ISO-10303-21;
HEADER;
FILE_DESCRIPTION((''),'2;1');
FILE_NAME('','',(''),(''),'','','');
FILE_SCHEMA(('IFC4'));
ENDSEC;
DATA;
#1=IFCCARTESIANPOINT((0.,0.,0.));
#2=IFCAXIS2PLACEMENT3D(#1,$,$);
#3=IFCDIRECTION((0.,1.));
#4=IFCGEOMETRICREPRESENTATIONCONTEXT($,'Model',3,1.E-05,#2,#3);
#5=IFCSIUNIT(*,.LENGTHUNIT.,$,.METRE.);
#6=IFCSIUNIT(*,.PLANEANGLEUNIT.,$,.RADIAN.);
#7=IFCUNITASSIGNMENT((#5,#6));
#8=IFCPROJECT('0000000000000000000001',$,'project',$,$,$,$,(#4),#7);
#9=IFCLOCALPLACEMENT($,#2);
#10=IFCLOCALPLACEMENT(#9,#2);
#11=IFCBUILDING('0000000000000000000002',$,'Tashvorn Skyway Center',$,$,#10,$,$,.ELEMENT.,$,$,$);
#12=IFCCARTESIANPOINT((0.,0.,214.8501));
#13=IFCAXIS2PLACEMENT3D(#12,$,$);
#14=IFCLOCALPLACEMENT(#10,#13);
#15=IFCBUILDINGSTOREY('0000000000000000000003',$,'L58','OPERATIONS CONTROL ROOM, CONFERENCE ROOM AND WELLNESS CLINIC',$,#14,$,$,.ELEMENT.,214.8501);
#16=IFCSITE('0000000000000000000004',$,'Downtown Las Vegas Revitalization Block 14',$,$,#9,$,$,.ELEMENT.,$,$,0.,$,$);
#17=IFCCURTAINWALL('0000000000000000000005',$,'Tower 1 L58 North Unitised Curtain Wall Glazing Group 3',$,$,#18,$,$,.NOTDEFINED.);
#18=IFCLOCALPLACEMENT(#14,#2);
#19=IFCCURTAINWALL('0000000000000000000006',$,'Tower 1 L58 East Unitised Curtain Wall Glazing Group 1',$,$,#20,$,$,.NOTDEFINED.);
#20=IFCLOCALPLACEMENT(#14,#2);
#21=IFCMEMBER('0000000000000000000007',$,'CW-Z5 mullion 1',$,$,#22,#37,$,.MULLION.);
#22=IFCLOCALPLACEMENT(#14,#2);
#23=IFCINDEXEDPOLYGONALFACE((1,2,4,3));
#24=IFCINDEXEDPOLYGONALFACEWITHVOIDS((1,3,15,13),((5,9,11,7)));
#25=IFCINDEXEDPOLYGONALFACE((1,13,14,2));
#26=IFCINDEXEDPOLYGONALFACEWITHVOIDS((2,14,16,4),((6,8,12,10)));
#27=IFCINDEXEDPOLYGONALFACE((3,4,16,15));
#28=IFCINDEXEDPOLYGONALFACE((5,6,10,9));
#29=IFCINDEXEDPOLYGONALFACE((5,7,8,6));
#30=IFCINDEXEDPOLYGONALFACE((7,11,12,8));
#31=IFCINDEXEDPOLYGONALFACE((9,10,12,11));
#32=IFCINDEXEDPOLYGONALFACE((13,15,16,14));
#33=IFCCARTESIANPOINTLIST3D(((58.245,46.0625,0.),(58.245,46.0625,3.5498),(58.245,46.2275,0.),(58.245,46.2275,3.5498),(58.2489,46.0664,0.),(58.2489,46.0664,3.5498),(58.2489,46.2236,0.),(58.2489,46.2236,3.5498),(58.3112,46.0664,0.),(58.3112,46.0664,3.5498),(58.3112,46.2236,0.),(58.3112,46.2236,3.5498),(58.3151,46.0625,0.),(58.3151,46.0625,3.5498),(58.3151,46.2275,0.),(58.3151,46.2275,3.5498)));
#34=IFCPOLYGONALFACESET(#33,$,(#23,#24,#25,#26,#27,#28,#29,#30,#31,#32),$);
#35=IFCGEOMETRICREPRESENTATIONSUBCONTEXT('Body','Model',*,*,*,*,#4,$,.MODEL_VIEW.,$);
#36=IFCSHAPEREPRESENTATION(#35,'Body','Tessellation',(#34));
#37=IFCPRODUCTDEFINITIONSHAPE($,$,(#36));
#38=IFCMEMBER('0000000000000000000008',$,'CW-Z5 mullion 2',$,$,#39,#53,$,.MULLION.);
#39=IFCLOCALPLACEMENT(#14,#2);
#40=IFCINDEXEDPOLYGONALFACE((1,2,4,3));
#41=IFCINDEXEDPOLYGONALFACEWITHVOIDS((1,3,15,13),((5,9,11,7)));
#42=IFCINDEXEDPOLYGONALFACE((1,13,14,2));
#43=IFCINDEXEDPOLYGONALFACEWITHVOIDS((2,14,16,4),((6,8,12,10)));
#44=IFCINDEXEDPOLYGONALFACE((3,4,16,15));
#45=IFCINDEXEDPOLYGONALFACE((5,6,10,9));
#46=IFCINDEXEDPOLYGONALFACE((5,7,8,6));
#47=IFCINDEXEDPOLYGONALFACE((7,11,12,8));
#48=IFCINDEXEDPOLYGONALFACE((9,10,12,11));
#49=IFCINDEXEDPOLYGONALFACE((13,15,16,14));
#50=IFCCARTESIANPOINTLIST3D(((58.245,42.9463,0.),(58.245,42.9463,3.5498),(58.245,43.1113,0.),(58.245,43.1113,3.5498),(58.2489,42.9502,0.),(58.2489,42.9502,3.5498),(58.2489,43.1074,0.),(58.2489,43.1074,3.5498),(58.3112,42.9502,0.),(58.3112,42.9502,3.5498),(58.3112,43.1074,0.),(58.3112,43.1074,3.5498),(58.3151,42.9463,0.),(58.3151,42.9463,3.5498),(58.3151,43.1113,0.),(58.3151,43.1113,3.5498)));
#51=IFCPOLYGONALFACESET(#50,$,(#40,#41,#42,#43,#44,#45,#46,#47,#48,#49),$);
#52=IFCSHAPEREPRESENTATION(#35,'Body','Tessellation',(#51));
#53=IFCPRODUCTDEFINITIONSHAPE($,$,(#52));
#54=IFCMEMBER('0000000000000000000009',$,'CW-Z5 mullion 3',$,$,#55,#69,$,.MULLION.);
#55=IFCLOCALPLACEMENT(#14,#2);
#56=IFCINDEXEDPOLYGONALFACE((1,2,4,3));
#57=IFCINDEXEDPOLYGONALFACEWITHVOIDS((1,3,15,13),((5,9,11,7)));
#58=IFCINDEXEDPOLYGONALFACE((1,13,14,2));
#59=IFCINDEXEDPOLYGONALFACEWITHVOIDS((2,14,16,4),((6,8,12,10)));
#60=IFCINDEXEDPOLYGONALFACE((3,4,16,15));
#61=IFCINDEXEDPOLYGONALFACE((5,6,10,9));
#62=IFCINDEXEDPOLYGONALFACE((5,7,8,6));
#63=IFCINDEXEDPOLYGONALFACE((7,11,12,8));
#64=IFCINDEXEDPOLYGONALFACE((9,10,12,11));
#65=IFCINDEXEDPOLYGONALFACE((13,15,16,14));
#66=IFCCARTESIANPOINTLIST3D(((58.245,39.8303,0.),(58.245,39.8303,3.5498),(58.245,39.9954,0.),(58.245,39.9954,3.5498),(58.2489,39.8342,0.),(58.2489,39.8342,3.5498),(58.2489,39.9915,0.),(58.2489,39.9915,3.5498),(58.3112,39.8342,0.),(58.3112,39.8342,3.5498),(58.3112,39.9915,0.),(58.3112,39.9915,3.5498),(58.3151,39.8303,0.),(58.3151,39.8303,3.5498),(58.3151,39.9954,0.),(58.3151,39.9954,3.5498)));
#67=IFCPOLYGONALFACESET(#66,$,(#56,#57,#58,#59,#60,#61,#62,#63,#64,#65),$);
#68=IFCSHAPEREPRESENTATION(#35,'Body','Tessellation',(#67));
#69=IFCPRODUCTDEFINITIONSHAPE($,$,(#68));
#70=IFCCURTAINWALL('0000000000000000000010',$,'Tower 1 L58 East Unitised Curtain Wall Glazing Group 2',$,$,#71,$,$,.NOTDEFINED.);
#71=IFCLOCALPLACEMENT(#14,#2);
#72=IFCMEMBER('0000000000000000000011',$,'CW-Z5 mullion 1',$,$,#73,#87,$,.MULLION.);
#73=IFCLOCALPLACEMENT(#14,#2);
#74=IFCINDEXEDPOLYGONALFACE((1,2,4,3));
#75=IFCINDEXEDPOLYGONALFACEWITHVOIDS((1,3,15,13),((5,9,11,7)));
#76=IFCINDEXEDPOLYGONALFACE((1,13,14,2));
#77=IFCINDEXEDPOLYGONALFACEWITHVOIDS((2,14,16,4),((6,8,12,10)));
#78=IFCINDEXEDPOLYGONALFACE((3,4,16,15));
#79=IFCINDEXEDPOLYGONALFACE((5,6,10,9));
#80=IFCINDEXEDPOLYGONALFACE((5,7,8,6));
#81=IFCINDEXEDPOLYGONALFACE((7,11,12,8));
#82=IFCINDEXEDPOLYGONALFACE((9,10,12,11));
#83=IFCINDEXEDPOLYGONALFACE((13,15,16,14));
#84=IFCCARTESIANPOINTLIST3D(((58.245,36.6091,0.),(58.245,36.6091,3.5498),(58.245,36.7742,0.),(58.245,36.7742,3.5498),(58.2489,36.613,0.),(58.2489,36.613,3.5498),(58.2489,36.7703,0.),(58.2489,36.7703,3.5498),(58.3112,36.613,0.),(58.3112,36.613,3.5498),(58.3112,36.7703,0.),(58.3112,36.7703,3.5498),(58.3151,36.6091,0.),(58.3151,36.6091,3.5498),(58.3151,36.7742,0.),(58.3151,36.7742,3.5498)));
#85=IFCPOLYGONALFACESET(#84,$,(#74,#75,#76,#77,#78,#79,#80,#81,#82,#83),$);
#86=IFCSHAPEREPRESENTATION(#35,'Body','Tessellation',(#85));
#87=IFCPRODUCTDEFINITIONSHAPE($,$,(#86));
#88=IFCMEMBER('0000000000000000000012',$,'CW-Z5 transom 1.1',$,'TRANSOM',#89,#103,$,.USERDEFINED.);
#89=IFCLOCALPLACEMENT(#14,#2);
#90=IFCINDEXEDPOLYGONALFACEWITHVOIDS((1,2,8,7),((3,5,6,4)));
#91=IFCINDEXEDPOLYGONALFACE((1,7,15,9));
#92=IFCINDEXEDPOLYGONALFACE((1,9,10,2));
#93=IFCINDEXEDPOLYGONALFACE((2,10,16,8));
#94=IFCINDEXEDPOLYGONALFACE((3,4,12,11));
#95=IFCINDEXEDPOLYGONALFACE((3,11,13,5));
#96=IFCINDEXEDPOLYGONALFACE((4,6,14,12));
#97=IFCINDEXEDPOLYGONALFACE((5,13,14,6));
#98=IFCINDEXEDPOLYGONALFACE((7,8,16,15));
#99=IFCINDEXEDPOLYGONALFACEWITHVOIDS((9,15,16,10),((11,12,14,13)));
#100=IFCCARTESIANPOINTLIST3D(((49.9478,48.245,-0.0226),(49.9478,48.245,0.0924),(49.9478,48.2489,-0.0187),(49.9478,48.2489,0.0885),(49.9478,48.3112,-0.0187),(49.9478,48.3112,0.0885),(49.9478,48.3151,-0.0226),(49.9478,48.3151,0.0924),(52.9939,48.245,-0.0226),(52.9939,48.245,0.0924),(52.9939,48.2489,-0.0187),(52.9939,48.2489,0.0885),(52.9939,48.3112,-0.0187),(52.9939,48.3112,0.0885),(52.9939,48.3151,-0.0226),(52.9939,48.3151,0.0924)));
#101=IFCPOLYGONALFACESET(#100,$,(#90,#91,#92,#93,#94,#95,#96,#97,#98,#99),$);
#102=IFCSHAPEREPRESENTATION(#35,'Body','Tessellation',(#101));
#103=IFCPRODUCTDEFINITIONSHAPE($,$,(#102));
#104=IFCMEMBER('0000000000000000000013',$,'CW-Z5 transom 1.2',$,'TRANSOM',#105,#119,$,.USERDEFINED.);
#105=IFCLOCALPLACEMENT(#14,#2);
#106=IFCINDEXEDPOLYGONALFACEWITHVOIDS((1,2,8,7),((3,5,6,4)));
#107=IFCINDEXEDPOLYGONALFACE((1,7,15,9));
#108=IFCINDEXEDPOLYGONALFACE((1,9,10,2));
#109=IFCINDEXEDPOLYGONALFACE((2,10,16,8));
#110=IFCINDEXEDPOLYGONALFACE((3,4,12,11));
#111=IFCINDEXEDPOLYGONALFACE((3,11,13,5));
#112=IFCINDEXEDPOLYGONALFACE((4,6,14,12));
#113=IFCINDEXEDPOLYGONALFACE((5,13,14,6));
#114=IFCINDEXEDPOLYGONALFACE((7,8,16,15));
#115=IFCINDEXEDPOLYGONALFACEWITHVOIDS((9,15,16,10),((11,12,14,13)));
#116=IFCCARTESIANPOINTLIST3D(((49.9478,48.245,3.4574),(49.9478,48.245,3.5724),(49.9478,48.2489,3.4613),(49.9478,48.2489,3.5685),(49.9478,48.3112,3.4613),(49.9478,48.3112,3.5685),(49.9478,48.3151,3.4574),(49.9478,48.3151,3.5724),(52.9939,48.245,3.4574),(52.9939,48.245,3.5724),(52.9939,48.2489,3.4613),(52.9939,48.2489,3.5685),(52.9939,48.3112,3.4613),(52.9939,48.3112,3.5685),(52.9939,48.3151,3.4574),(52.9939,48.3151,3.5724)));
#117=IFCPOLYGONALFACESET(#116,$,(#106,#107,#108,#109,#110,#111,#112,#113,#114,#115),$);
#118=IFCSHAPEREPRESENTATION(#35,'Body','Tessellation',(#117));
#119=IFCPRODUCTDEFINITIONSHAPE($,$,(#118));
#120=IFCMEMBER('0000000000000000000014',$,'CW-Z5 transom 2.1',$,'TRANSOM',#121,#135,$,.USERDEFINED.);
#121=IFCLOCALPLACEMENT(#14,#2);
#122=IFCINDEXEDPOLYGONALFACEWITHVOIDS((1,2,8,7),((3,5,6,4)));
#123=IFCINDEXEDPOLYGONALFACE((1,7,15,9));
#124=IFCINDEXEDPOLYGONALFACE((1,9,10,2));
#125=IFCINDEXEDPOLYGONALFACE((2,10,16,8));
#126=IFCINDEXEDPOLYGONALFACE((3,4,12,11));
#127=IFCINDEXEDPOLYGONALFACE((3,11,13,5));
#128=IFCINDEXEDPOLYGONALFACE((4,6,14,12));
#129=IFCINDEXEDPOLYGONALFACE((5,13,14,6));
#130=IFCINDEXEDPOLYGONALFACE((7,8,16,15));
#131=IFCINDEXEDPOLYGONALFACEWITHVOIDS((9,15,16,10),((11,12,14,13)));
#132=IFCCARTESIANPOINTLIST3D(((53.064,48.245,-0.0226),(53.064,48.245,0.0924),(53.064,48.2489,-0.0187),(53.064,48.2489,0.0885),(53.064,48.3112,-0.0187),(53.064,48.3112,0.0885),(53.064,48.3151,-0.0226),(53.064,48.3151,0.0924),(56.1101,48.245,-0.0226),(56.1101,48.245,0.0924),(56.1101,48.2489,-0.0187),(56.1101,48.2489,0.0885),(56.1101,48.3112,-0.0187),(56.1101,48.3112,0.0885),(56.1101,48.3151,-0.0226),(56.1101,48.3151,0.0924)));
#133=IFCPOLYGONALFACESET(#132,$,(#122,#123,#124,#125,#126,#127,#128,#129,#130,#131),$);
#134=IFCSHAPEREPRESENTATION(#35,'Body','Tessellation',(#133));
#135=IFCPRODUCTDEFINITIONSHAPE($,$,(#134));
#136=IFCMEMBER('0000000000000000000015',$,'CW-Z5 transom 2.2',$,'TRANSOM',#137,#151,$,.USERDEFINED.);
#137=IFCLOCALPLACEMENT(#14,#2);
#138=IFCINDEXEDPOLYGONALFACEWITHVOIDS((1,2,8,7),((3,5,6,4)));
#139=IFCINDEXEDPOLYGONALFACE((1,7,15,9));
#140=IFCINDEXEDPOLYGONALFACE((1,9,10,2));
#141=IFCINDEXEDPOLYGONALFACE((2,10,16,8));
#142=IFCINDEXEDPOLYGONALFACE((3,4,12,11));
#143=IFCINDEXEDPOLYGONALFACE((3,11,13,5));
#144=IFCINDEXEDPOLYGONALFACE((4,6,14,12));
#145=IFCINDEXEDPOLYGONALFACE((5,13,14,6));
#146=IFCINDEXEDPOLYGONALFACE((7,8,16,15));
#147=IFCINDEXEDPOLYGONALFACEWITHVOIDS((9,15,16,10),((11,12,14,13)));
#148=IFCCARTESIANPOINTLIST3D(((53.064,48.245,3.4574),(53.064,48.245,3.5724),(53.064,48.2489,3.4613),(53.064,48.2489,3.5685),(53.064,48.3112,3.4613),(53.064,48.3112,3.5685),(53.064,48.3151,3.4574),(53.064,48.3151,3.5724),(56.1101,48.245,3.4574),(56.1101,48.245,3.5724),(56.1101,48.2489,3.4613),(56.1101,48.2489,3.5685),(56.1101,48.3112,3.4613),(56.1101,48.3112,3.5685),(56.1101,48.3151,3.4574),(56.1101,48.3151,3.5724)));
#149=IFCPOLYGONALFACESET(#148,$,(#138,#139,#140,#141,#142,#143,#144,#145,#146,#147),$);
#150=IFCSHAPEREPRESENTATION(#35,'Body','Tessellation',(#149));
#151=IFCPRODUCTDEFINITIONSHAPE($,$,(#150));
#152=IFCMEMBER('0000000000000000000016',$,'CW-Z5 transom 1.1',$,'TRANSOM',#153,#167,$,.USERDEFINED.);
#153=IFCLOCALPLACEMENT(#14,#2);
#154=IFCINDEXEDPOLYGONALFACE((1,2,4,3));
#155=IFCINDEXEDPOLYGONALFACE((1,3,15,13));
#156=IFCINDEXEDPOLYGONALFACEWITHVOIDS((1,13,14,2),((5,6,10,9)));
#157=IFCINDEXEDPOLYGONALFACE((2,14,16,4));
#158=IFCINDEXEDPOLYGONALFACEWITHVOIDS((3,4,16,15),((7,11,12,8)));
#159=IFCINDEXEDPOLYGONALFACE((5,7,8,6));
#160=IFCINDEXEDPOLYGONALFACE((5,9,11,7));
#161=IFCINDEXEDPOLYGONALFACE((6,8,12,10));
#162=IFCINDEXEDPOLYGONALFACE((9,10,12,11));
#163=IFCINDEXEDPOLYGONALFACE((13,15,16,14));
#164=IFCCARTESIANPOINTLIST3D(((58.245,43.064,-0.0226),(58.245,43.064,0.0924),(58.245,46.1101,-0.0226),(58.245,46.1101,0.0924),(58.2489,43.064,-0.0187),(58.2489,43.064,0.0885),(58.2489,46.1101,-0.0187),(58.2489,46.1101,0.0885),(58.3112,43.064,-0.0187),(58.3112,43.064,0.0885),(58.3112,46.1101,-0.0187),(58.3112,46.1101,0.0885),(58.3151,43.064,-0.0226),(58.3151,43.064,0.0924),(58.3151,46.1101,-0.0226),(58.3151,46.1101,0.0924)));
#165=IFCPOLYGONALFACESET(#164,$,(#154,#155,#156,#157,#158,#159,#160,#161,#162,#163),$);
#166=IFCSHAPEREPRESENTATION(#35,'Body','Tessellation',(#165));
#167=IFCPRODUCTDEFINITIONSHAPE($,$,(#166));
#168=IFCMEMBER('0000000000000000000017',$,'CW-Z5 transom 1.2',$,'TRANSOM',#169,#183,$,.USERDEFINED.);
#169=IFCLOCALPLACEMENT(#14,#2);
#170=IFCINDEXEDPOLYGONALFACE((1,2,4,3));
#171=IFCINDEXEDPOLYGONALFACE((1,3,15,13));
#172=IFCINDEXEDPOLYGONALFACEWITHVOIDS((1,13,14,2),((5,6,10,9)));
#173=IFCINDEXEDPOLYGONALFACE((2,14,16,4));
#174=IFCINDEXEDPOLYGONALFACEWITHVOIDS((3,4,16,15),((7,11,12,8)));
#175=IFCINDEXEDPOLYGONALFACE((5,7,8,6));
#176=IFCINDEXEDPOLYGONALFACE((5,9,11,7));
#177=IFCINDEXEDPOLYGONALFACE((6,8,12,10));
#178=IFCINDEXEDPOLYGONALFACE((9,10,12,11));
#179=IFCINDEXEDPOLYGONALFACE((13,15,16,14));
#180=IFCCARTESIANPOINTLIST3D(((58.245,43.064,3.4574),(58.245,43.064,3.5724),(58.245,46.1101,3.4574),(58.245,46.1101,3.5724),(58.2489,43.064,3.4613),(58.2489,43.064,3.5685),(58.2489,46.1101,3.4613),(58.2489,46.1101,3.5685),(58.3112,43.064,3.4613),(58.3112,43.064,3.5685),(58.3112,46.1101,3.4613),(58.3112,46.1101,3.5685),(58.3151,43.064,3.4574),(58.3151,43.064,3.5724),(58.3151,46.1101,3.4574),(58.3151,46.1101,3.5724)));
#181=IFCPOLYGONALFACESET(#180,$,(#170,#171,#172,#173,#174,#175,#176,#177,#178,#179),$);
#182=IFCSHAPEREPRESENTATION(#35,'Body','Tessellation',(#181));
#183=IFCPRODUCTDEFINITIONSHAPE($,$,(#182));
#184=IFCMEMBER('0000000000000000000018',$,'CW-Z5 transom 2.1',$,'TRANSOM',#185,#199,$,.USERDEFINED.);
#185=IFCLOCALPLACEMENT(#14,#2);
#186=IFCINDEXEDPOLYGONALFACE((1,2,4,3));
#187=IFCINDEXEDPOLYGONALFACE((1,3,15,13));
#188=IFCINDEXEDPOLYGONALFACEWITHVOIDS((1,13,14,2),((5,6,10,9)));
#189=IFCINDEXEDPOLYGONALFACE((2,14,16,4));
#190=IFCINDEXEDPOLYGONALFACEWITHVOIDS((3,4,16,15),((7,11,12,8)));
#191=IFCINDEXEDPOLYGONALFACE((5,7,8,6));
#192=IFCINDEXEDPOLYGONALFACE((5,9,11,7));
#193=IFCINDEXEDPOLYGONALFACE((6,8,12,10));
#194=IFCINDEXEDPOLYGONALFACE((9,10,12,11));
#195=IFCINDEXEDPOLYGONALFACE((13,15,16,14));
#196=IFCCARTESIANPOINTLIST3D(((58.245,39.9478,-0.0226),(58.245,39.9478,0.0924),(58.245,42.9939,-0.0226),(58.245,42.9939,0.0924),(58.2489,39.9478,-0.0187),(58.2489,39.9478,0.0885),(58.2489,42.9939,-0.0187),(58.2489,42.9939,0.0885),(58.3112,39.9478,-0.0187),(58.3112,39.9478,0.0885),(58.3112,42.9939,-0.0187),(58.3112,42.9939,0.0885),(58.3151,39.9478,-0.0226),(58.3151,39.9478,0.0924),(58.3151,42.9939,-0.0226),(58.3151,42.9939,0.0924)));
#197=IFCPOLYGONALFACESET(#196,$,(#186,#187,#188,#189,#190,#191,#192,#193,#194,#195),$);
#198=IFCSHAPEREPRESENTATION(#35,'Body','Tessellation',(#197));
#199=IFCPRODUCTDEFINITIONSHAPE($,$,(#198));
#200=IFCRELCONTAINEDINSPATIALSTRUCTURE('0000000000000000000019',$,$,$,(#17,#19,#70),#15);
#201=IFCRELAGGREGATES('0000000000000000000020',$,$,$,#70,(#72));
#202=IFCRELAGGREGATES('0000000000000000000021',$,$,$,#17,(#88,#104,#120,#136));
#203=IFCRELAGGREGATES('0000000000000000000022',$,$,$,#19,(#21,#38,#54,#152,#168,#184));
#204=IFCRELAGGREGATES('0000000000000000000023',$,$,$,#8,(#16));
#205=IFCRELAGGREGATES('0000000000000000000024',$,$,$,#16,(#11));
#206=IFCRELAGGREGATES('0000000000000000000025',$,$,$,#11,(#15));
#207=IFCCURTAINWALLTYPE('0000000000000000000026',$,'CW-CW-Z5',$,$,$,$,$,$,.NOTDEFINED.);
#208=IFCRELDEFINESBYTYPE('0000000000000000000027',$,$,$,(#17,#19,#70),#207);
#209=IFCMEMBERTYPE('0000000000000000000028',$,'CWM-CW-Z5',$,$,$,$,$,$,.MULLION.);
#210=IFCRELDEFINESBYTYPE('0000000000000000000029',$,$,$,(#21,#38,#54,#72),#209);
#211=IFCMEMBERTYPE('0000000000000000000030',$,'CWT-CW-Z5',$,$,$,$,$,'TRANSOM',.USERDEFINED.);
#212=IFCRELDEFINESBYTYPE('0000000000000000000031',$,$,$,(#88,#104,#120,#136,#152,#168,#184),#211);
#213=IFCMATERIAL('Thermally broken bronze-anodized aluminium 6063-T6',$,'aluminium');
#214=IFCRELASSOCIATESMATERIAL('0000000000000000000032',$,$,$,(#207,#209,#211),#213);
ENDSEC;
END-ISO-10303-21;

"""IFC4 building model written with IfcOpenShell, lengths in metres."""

from ifc_helpers import new_model, si_unit, direction, frame, origin, origin_2d, place, context, subcontext, project, spatial, hollow_rectangle, extrude, material, material_profile, profile_set, type_object, element, aggregate, save


model = new_model("IFC4")

# Units and contexts
model_context = context("Model", 3, precision=1e-05, world=origin(), true_north=direction((0.0, 1.0)))
body_context = subcontext(model_context, "Body", "Model", "MODEL_VIEW")
ifc_project = project(units=[si_unit("LENGTHUNIT", "METRE"), si_unit("PLANEANGLEUNIT", "RADIAN")], contexts=[model_context])

# Site, building, storey
site_placement = place(None, origin())
site = spatial("IfcSite", under=ifc_project, at=site_placement, Name="Downtown Las Vegas Revitalization Block 14", CompositionType="ELEMENT", RefElevation=0.0)
building_placement = place(site_placement, origin())
building = spatial("IfcBuilding", under=site, at=building_placement, Name="Tashvorn Skyway Center", CompositionType="ELEMENT")
storey_placement = place(building_placement, frame((0.0, 0.0, 214.8501)))
storey = spatial("IfcBuildingStorey", under=building, at=storey_placement, Name="L58", Description="OPERATIONS CONTROL ROOM, CONFERENCE ROOM AND WELLNESS CLINIC", CompositionType="ELEMENT", Elevation=214.8501)

# Curtain walls, members
ifc_material_1 = material(Name="Thermally broken bronze-anodized aluminium 6063-T6", Category="aluminium")
curtain_wall_type = type_object("IfcCurtainWallType", Name="CW-CW-Z5", PredefinedType="NOTDEFINED", material=ifc_material_1)
curtain_wall_1_placement = place(storey_placement, origin())
curtain_wall_1 = element("IfcCurtainWall", 1, at=curtain_wall_1_placement, inside=storey, type_object=curtain_wall_type, Name="Tower 1 L58 North Unitised Curtain Wall Glazing Group 3", PredefinedType="NOTDEFINED")
ifc_material_profile_1 = material_profile(ifc_material_1, hollow_rectangle(XDim=0.0701, YDim=0.165, WallThickness=0.0039, at=origin_2d()), Name="ALU-MULL-70x165")
ifc_profile_set_1 = profile_set([ifc_material_profile_1], Name="Thermally broken bronze-anodized aluminium 6063-T6")
member_type_1 = type_object("IfcMemberType", Name="CWM-CW-Z5", PredefinedType="MULLION", material=ifc_profile_set_1)
curtain_wall_2_placement = place(storey_placement, origin())
curtain_wall_2 = element("IfcCurtainWall", 2, at=curtain_wall_2_placement, inside=storey, type_object=curtain_wall_type, Name="Tower 1 L58 East Unitised Curtain Wall Glazing Group 1", PredefinedType="NOTDEFINED")
member_1_placement = place(storey_placement, frame((58.28, 46.145, 0.0), z_axis=(0.0, 0.0, 1.0), x_axis=(1.0, 0.0, 0.0)))
member_1 = element("IfcMember", 3, at=member_1_placement, type_object=member_type_1, Name="CW-Z5 mullion 1", PredefinedType="MULLION", context=body_context, shape_type="SweptSolid", body=[
    extrude(hollow_rectangle(XDim=0.0701, YDim=0.165, WallThickness=0.0039, at=origin_2d()), origin(), (0.0, 0.0, 1.0), 3.5498),
])
member_2_placement = place(storey_placement, frame((58.28, 43.0288, 0.0), z_axis=(0.0, 0.0, 1.0), x_axis=(1.0, 0.0, 0.0)))
member_2 = element("IfcMember", 4, at=member_2_placement, type_object=member_type_1, Name="CW-Z5 mullion 2", PredefinedType="MULLION", context=body_context, shape_type="SweptSolid", body=[
    extrude(hollow_rectangle(XDim=0.0701, YDim=0.165, WallThickness=0.0039, at=origin_2d()), origin(), (0.0, 0.0, 1.0), 3.5498),
])
member_3_placement = place(storey_placement, frame((58.28, 39.9128, 0.0), z_axis=(0.0, 0.0, 1.0), x_axis=(1.0, 0.0, 0.0)))
member_3 = element("IfcMember", 5, at=member_3_placement, type_object=member_type_1, Name="CW-Z5 mullion 3", PredefinedType="MULLION", context=body_context, shape_type="SweptSolid", body=[
    extrude(hollow_rectangle(XDim=0.0701, YDim=0.165, WallThickness=0.0039, at=origin_2d()), origin(), (0.0, 0.0, 1.0), 3.5498),
])

# Curtain wall, member
curtain_wall_3_placement = place(storey_placement, origin())
curtain_wall_3 = element("IfcCurtainWall", 6, at=curtain_wall_3_placement, inside=storey, type_object=curtain_wall_type, Name="Tower 1 L58 East Unitised Curtain Wall Glazing Group 2", PredefinedType="NOTDEFINED")
member_4_placement = place(storey_placement, frame((58.28, 36.6917, 0.0), z_axis=(0.0, 0.0, 1.0), x_axis=(1.0, 0.0, 0.0)))
member_4 = element("IfcMember", 7, at=member_4_placement, type_object=member_type_1, Name="CW-Z5 mullion 1", PredefinedType="MULLION", context=body_context, shape_type="SweptSolid", body=[
    extrude(hollow_rectangle(XDim=0.0701, YDim=0.165, WallThickness=0.0039, at=origin_2d()), origin(), (0.0, 0.0, 1.0), 3.5498),
])

# Members
ifc_material_profile_2 = material_profile(ifc_material_1, hollow_rectangle(XDim=0.0701, YDim=0.115, WallThickness=0.0039, at=origin_2d()), Name="ALU-TRAN-70x115")
ifc_profile_set_2 = profile_set([ifc_material_profile_2], Name="Thermally broken bronze-anodized aluminium 6063-T6")
member_type_2 = type_object("IfcMemberType", Name="CWT-CW-Z5", ElementType="TRANSOM", PredefinedType="USERDEFINED", material=ifc_profile_set_2)
member_5_placement = place(storey_placement, frame((49.9478, 48.28, 0.0349), z_axis=(1.0, 0.0, 0.0), x_axis=(0.0, 1.0, 0.0)))
member_5 = element("IfcMember", 8, at=member_5_placement, type_object=member_type_2, Name="CW-Z5 transom 1.1", ObjectType="TRANSOM", PredefinedType="USERDEFINED", context=body_context, shape_type="SweptSolid", body=[
    extrude(hollow_rectangle(XDim=0.0701, YDim=0.115, WallThickness=0.0039, at=origin_2d()), origin(), (0.0, 0.0, 1.0), 3.0461),
])
member_6_placement = place(storey_placement, frame((49.9478, 48.28, 3.5149), z_axis=(1.0, 0.0, 0.0), x_axis=(0.0, 1.0, 0.0)))
member_6 = element("IfcMember", 9, at=member_6_placement, type_object=member_type_2, Name="CW-Z5 transom 1.2", ObjectType="TRANSOM", PredefinedType="USERDEFINED", context=body_context, shape_type="SweptSolid", body=[
    extrude(hollow_rectangle(XDim=0.0701, YDim=0.115, WallThickness=0.0039, at=origin_2d()), origin(), (0.0, 0.0, 1.0), 3.0461),
])
member_7_placement = place(storey_placement, frame((53.064, 48.28, 0.0349), z_axis=(1.0, 0.0, 0.0), x_axis=(0.0, 1.0, 0.0)))
member_7 = element("IfcMember", 10, at=member_7_placement, type_object=member_type_2, Name="CW-Z5 transom 2.1", ObjectType="TRANSOM", PredefinedType="USERDEFINED", context=body_context, shape_type="SweptSolid", body=[
    extrude(hollow_rectangle(XDim=0.0701, YDim=0.115, WallThickness=0.0039, at=origin_2d()), origin(), (0.0, 0.0, 1.0), 3.0461),
])
member_8_placement = place(storey_placement, frame((53.064, 48.28, 3.5149), z_axis=(1.0, 0.0, 0.0), x_axis=(0.0, 1.0, 0.0)))
member_8 = element("IfcMember", 11, at=member_8_placement, type_object=member_type_2, Name="CW-Z5 transom 2.2", ObjectType="TRANSOM", PredefinedType="USERDEFINED", context=body_context, shape_type="SweptSolid", body=[
    extrude(hollow_rectangle(XDim=0.0701, YDim=0.115, WallThickness=0.0039, at=origin_2d()), origin(), (0.0, 0.0, 1.0), 3.0461),
])
member_9_placement = place(storey_placement, frame((58.28, 46.1101, 0.0349), z_axis=(0.0, -1.0, 0.0), x_axis=(1.0, 0.0, 0.0)))
member_9 = element("IfcMember", 12, at=member_9_placement, type_object=member_type_2, Name="CW-Z5 transom 1.1", ObjectType="TRANSOM", PredefinedType="USERDEFINED", context=body_context, shape_type="SweptSolid", body=[
    extrude(hollow_rectangle(XDim=0.0701, YDim=0.115, WallThickness=0.0039, at=origin_2d()), origin(), (0.0, 0.0, 1.0), 3.0461),
])
member_10_placement = place(storey_placement, frame((58.28, 46.1101, 3.5149), z_axis=(0.0, -1.0, 0.0), x_axis=(1.0, 0.0, 0.0)))
member_10 = element("IfcMember", 13, at=member_10_placement, type_object=member_type_2, Name="CW-Z5 transom 1.2", ObjectType="TRANSOM", PredefinedType="USERDEFINED", context=body_context, shape_type="SweptSolid", body=[
    extrude(hollow_rectangle(XDim=0.0701, YDim=0.115, WallThickness=0.0039, at=origin_2d()), origin(), (0.0, 0.0, 1.0), 3.0461),
])
member_11_placement = place(storey_placement, frame((58.28, 42.9939, 0.0349), z_axis=(0.0, -1.0, 0.0), x_axis=(1.0, 0.0, 0.0)))
member_11 = element("IfcMember", 14, at=member_11_placement, type_object=member_type_2, Name="CW-Z5 transom 2.1", ObjectType="TRANSOM", PredefinedType="USERDEFINED", context=body_context, shape_type="SweptSolid", body=[
    extrude(hollow_rectangle(XDim=0.0701, YDim=0.115, WallThickness=0.0039, at=origin_2d()), origin(), (0.0, 0.0, 1.0), 3.0461),
])
aggregate(curtain_wall_3, [member_4])

aggregate(curtain_wall_1, [member_5, member_6, member_7, member_8])
aggregate(curtain_wall_2, [member_1, member_2, member_3, member_9, member_10, member_11])

save(model, "model.ifc")
